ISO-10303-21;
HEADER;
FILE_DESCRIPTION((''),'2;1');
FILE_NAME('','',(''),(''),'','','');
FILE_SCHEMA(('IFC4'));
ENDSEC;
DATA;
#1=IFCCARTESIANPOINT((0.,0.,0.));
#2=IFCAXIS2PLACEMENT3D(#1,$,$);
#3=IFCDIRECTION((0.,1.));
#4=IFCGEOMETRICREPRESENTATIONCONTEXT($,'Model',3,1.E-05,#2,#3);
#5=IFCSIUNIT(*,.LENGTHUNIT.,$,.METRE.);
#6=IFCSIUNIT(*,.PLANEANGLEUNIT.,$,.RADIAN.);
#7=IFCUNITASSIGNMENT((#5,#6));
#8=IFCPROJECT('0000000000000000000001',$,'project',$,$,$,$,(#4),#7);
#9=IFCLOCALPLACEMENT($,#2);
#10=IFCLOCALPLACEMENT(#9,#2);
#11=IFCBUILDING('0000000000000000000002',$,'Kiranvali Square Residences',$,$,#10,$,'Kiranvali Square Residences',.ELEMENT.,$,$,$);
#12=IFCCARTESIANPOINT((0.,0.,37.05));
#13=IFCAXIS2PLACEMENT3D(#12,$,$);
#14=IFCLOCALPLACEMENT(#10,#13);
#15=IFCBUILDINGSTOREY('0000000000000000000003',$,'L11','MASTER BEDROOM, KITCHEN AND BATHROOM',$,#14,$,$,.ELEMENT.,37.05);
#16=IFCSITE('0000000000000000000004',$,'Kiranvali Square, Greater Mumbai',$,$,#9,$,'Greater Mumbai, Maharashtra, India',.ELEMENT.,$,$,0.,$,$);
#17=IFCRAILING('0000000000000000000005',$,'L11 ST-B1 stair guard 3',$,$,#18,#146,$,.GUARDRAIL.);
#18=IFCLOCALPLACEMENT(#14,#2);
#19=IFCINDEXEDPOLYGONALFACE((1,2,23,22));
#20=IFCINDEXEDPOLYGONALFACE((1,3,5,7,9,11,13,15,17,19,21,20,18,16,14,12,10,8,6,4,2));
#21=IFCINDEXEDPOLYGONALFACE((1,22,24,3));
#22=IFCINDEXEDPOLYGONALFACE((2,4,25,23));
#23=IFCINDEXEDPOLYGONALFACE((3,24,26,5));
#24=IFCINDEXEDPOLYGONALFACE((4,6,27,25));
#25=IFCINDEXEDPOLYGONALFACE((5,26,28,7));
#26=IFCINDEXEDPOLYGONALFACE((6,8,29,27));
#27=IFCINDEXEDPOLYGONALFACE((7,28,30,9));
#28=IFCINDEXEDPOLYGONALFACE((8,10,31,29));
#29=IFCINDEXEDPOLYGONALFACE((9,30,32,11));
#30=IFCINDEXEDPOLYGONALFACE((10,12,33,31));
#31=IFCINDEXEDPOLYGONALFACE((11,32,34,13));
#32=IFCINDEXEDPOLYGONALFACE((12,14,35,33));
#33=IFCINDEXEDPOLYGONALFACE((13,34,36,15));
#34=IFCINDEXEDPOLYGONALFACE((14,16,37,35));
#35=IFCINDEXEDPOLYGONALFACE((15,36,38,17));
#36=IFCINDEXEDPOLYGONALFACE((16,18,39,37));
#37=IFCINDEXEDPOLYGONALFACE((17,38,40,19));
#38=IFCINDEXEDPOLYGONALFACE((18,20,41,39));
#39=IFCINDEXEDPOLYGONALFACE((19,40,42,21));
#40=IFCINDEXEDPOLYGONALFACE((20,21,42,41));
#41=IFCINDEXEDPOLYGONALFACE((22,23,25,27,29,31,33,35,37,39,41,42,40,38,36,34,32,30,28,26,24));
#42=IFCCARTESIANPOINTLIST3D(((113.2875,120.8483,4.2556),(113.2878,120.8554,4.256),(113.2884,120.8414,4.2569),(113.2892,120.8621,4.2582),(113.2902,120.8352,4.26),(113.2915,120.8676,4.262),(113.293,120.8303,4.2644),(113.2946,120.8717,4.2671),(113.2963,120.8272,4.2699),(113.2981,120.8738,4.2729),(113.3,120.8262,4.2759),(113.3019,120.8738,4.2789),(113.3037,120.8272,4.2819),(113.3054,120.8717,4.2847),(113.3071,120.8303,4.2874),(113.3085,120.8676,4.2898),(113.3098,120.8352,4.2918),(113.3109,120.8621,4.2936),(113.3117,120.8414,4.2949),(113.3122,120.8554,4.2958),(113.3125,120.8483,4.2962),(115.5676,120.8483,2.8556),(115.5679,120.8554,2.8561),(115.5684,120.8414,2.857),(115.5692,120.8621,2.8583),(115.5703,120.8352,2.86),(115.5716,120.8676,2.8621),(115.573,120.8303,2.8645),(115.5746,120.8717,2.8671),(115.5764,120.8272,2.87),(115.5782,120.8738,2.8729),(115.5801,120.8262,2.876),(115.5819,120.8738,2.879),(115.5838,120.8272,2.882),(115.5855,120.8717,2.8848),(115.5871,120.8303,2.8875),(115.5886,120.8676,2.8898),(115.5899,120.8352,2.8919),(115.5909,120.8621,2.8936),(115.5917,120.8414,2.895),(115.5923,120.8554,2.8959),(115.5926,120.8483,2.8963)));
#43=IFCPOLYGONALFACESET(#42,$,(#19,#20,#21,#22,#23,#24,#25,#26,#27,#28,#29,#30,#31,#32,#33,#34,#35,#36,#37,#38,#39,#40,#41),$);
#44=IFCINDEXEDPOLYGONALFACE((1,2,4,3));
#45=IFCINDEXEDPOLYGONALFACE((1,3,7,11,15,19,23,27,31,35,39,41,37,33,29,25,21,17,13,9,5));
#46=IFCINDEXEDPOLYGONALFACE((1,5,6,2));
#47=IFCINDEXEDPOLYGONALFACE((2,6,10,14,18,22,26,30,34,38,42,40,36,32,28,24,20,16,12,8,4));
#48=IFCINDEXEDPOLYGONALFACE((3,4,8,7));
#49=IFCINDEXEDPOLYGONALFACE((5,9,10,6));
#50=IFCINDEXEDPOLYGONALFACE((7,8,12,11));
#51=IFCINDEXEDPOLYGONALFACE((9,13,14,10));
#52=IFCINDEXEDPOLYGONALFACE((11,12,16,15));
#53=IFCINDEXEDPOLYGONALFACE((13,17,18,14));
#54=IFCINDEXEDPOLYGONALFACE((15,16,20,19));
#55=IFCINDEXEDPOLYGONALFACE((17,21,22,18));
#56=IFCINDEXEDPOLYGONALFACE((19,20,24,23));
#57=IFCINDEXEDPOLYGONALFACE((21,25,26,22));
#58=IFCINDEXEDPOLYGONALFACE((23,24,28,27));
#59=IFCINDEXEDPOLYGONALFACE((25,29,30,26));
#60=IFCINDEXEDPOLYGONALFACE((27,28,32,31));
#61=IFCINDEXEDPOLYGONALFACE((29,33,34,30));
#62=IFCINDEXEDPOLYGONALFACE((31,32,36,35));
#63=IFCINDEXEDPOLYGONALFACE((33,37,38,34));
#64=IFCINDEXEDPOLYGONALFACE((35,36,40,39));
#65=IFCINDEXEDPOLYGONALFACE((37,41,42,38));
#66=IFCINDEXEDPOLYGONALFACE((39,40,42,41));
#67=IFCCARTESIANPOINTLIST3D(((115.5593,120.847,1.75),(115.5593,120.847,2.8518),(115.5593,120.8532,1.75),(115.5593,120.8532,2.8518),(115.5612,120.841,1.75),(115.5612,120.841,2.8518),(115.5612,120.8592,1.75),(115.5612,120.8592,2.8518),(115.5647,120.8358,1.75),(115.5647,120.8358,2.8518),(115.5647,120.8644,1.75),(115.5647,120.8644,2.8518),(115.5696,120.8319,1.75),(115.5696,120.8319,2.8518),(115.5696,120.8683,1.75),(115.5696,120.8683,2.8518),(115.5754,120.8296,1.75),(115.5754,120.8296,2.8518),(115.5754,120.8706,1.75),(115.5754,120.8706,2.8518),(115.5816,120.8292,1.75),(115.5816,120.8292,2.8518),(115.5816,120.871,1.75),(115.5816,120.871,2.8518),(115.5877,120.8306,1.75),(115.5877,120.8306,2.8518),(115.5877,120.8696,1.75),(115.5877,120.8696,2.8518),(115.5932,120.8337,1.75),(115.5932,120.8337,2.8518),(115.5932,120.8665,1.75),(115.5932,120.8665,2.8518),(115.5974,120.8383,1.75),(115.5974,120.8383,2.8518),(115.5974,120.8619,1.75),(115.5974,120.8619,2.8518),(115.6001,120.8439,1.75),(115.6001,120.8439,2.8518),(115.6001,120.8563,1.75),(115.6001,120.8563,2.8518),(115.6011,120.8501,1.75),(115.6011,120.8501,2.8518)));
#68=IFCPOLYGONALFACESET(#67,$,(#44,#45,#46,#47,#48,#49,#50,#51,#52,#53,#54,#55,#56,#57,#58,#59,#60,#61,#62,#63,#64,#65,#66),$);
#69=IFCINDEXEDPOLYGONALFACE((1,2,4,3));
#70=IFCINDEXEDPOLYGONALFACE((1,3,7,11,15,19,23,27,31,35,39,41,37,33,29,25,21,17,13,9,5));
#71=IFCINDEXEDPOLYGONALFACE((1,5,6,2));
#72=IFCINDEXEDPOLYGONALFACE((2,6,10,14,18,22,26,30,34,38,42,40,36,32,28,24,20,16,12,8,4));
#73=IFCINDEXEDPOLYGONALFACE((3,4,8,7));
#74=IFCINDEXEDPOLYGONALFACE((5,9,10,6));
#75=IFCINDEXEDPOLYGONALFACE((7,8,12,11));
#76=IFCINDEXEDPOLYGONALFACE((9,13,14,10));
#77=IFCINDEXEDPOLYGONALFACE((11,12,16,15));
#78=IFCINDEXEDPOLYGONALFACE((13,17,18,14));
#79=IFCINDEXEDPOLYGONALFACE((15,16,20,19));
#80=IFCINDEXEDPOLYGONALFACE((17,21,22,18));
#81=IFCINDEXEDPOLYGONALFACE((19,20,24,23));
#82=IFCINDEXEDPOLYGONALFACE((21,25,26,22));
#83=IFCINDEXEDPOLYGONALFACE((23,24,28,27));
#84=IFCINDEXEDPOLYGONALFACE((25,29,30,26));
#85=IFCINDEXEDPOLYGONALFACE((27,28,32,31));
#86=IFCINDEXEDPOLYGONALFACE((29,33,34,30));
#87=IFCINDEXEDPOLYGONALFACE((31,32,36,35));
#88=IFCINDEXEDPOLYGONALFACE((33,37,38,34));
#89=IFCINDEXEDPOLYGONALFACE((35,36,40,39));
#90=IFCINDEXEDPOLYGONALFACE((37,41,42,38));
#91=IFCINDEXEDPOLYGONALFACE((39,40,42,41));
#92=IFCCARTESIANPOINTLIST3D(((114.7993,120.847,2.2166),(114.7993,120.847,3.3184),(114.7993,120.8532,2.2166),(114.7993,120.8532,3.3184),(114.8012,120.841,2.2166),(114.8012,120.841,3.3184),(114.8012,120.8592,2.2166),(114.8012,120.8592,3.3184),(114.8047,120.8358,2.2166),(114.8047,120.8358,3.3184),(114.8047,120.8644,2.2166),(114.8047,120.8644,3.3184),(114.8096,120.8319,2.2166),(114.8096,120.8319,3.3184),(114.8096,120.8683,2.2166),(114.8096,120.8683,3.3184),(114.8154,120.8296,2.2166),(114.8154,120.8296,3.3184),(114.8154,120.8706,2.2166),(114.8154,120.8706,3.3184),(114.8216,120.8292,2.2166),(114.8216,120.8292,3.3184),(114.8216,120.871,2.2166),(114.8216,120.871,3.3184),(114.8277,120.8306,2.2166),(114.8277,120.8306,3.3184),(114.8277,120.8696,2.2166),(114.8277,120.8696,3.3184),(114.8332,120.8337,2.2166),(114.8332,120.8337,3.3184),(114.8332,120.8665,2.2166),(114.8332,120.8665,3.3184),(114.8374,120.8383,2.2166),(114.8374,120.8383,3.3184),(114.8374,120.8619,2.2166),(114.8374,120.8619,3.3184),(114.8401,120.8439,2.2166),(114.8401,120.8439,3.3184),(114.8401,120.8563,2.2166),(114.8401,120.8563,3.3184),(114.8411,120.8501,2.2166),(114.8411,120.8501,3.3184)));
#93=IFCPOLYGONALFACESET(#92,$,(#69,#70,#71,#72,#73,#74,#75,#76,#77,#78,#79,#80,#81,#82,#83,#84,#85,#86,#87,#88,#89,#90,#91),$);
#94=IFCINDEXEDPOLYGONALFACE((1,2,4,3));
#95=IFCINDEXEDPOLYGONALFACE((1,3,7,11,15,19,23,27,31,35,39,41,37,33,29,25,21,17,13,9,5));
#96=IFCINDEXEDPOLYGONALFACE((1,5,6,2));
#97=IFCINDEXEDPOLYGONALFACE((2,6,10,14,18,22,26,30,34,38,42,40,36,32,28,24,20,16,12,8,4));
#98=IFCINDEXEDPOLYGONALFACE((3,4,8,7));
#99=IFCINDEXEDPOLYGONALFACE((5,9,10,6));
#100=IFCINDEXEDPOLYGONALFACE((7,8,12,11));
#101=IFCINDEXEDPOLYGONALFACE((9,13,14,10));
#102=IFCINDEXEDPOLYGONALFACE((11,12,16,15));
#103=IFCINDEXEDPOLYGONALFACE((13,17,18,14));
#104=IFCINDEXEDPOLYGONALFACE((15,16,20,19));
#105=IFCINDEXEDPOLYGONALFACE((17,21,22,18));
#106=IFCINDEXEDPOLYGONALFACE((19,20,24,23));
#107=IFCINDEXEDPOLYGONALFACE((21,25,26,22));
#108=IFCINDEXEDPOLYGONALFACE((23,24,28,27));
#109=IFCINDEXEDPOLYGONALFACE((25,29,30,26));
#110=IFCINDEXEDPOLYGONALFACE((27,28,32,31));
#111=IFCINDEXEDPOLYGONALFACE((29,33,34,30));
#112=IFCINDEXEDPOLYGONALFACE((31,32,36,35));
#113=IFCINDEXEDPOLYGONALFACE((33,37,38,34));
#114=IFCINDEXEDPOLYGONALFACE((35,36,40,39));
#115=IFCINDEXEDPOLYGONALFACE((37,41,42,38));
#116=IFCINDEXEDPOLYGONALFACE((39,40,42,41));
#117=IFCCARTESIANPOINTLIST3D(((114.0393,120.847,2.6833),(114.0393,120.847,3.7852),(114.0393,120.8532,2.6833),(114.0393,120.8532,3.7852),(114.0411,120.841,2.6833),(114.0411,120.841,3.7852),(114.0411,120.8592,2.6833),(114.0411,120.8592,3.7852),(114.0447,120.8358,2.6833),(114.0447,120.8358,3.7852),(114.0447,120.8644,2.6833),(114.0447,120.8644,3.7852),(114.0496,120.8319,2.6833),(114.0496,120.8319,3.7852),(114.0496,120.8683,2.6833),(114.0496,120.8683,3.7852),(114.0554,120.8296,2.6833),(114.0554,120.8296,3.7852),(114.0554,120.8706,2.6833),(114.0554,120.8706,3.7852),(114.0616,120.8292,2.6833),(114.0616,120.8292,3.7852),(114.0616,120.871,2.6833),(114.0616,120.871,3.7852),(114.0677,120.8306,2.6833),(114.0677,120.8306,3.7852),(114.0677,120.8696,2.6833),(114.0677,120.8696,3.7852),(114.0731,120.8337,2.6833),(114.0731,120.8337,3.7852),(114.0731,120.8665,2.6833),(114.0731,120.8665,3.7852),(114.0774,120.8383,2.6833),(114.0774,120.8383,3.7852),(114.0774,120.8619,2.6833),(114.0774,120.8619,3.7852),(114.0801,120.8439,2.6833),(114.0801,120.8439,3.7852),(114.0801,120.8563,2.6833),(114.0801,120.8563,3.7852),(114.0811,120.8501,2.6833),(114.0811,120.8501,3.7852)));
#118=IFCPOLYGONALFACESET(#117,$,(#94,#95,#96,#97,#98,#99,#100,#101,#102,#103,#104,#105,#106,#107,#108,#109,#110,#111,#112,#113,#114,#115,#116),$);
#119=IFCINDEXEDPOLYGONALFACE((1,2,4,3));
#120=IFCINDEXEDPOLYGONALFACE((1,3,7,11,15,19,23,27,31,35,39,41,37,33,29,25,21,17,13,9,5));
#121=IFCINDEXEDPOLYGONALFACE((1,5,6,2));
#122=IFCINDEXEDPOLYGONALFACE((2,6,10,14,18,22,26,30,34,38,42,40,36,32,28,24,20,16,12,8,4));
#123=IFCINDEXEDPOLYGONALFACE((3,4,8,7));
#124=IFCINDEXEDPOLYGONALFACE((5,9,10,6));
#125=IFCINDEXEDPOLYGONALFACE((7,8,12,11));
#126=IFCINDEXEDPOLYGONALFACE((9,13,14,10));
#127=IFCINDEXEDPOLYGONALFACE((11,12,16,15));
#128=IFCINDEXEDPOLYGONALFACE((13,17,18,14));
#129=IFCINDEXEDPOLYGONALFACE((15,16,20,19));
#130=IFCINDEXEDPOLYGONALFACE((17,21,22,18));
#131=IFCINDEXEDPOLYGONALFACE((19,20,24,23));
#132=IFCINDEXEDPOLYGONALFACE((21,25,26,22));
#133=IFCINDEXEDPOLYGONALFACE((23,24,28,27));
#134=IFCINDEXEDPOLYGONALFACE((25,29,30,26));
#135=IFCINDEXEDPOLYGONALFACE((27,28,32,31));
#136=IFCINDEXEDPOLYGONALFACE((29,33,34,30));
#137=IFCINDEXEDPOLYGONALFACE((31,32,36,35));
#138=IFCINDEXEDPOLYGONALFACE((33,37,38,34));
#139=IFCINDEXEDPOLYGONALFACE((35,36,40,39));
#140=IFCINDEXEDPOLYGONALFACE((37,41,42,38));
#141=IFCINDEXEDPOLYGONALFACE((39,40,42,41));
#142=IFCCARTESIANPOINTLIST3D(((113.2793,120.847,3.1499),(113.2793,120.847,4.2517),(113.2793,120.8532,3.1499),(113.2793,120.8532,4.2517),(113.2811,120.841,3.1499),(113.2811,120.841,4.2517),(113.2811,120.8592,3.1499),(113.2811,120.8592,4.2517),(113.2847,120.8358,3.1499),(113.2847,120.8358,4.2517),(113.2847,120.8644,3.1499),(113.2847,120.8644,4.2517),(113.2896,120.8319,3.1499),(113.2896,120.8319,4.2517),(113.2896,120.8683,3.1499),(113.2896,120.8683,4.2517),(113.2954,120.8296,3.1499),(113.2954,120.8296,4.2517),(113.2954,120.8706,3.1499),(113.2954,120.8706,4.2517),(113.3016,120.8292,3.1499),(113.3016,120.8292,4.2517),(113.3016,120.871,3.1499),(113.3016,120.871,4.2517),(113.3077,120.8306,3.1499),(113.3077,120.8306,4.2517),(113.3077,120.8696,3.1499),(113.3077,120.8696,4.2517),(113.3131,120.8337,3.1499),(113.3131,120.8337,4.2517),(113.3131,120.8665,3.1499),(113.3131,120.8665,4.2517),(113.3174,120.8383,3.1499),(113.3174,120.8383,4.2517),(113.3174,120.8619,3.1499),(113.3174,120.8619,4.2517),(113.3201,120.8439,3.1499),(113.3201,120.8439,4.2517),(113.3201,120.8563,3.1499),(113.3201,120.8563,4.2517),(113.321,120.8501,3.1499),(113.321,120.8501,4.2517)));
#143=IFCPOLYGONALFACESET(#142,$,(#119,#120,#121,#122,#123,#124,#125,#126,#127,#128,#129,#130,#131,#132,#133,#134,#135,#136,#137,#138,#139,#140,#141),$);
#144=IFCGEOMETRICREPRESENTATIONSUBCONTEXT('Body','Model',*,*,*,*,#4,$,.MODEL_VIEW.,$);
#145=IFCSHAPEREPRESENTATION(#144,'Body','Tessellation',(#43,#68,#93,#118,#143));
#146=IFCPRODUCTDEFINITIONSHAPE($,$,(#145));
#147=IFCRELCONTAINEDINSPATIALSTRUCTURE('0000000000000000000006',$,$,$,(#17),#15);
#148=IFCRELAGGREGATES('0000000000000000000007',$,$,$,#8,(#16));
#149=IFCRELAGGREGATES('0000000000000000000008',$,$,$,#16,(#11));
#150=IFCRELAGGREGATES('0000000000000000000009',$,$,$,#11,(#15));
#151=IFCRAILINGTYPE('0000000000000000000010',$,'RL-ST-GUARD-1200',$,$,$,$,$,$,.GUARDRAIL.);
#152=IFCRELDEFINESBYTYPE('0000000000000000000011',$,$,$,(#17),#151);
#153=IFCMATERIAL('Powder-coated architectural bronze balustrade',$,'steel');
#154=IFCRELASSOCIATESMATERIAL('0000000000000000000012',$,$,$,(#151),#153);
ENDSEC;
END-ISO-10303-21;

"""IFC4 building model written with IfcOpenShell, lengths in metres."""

from ifc_helpers import new_model, si_unit, direction, frame, origin, origin_2d, place, context, subcontext, project, spatial, circle, extrude, material, type_object, element, save


model = new_model("IFC4")

# Units and contexts
model_context = context("Model", 3, precision=1e-05, world=origin(), true_north=direction((0.0, 1.0)))
body_context = subcontext(model_context, "Body", "Model", "MODEL_VIEW")
ifc_project = project(units=[si_unit("LENGTHUNIT", "METRE"), si_unit("PLANEANGLEUNIT", "RADIAN")], contexts=[model_context])

# Site, building, storey
site_placement = place(None, origin())
site = spatial("IfcSite", under=ifc_project, at=site_placement, Name="Kiranvali Square, Greater Mumbai", LongName="Greater Mumbai, Maharashtra, India", CompositionType="ELEMENT", RefElevation=0.0)
building_placement = place(site_placement, origin())
building = spatial("IfcBuilding", under=site, at=building_placement, Name="Kiranvali Square Residences", LongName="Kiranvali Square Residences", CompositionType="ELEMENT")
storey_placement = place(building_placement, frame((0.0, 0.0, 37.05)))
storey = spatial("IfcBuildingStorey", under=building, at=storey_placement, Name="L11", Description="MASTER BEDROOM, KITCHEN AND BATHROOM", CompositionType="ELEMENT", Elevation=37.05)

# Railing
ifc_material_1 = material(Name="Powder-coated architectural bronze balustrade", Category="steel")
railing_type_1 = type_object("IfcRailingType", Name="RL-ST-GUARD-1200", PredefinedType="GUARDRAIL", material=ifc_material_1)
railing_1_placement = place(storey_placement, frame((115.5801, 120.8501, 1.75)))
element("IfcRailing", 1, at=railing_1_placement, inside=storey, type_object=railing_type_1, Name="L11 ST-B1 stair guard 3", PredefinedType="GUARDRAIL", context=body_context, shape_type="SweptSolid", body=[
    extrude(circle(Radius=0.0239, at=origin_2d()), frame((0.0, 0.0, 1.126), z_axis=(-0.85219, 0.0, 0.523232), x_axis=(0.0, -1.0, 0.0)), (0.0, 0.0, 1.0), 2.6755),
    extrude(circle(Radius=0.021, at=origin_2d()), origin(), (0.0, 0.0, 1.0), 1.1018),
    extrude(circle(Radius=0.021, at=origin_2d()), frame((-0.76, 0.0, 0.4666)), (0.0, 0.0, 1.0), 1.1018),
    extrude(circle(Radius=0.021, at=origin_2d()), frame((-1.52, 0.0, 0.9333)), (0.0, 0.0, 1.0), 1.1018),
    extrude(circle(Radius=0.021, at=origin_2d()), frame((-2.28, 0.0, 1.3999)), (0.0, 0.0, 1.0), 1.1018),
])

save(model, "model.ifc")
